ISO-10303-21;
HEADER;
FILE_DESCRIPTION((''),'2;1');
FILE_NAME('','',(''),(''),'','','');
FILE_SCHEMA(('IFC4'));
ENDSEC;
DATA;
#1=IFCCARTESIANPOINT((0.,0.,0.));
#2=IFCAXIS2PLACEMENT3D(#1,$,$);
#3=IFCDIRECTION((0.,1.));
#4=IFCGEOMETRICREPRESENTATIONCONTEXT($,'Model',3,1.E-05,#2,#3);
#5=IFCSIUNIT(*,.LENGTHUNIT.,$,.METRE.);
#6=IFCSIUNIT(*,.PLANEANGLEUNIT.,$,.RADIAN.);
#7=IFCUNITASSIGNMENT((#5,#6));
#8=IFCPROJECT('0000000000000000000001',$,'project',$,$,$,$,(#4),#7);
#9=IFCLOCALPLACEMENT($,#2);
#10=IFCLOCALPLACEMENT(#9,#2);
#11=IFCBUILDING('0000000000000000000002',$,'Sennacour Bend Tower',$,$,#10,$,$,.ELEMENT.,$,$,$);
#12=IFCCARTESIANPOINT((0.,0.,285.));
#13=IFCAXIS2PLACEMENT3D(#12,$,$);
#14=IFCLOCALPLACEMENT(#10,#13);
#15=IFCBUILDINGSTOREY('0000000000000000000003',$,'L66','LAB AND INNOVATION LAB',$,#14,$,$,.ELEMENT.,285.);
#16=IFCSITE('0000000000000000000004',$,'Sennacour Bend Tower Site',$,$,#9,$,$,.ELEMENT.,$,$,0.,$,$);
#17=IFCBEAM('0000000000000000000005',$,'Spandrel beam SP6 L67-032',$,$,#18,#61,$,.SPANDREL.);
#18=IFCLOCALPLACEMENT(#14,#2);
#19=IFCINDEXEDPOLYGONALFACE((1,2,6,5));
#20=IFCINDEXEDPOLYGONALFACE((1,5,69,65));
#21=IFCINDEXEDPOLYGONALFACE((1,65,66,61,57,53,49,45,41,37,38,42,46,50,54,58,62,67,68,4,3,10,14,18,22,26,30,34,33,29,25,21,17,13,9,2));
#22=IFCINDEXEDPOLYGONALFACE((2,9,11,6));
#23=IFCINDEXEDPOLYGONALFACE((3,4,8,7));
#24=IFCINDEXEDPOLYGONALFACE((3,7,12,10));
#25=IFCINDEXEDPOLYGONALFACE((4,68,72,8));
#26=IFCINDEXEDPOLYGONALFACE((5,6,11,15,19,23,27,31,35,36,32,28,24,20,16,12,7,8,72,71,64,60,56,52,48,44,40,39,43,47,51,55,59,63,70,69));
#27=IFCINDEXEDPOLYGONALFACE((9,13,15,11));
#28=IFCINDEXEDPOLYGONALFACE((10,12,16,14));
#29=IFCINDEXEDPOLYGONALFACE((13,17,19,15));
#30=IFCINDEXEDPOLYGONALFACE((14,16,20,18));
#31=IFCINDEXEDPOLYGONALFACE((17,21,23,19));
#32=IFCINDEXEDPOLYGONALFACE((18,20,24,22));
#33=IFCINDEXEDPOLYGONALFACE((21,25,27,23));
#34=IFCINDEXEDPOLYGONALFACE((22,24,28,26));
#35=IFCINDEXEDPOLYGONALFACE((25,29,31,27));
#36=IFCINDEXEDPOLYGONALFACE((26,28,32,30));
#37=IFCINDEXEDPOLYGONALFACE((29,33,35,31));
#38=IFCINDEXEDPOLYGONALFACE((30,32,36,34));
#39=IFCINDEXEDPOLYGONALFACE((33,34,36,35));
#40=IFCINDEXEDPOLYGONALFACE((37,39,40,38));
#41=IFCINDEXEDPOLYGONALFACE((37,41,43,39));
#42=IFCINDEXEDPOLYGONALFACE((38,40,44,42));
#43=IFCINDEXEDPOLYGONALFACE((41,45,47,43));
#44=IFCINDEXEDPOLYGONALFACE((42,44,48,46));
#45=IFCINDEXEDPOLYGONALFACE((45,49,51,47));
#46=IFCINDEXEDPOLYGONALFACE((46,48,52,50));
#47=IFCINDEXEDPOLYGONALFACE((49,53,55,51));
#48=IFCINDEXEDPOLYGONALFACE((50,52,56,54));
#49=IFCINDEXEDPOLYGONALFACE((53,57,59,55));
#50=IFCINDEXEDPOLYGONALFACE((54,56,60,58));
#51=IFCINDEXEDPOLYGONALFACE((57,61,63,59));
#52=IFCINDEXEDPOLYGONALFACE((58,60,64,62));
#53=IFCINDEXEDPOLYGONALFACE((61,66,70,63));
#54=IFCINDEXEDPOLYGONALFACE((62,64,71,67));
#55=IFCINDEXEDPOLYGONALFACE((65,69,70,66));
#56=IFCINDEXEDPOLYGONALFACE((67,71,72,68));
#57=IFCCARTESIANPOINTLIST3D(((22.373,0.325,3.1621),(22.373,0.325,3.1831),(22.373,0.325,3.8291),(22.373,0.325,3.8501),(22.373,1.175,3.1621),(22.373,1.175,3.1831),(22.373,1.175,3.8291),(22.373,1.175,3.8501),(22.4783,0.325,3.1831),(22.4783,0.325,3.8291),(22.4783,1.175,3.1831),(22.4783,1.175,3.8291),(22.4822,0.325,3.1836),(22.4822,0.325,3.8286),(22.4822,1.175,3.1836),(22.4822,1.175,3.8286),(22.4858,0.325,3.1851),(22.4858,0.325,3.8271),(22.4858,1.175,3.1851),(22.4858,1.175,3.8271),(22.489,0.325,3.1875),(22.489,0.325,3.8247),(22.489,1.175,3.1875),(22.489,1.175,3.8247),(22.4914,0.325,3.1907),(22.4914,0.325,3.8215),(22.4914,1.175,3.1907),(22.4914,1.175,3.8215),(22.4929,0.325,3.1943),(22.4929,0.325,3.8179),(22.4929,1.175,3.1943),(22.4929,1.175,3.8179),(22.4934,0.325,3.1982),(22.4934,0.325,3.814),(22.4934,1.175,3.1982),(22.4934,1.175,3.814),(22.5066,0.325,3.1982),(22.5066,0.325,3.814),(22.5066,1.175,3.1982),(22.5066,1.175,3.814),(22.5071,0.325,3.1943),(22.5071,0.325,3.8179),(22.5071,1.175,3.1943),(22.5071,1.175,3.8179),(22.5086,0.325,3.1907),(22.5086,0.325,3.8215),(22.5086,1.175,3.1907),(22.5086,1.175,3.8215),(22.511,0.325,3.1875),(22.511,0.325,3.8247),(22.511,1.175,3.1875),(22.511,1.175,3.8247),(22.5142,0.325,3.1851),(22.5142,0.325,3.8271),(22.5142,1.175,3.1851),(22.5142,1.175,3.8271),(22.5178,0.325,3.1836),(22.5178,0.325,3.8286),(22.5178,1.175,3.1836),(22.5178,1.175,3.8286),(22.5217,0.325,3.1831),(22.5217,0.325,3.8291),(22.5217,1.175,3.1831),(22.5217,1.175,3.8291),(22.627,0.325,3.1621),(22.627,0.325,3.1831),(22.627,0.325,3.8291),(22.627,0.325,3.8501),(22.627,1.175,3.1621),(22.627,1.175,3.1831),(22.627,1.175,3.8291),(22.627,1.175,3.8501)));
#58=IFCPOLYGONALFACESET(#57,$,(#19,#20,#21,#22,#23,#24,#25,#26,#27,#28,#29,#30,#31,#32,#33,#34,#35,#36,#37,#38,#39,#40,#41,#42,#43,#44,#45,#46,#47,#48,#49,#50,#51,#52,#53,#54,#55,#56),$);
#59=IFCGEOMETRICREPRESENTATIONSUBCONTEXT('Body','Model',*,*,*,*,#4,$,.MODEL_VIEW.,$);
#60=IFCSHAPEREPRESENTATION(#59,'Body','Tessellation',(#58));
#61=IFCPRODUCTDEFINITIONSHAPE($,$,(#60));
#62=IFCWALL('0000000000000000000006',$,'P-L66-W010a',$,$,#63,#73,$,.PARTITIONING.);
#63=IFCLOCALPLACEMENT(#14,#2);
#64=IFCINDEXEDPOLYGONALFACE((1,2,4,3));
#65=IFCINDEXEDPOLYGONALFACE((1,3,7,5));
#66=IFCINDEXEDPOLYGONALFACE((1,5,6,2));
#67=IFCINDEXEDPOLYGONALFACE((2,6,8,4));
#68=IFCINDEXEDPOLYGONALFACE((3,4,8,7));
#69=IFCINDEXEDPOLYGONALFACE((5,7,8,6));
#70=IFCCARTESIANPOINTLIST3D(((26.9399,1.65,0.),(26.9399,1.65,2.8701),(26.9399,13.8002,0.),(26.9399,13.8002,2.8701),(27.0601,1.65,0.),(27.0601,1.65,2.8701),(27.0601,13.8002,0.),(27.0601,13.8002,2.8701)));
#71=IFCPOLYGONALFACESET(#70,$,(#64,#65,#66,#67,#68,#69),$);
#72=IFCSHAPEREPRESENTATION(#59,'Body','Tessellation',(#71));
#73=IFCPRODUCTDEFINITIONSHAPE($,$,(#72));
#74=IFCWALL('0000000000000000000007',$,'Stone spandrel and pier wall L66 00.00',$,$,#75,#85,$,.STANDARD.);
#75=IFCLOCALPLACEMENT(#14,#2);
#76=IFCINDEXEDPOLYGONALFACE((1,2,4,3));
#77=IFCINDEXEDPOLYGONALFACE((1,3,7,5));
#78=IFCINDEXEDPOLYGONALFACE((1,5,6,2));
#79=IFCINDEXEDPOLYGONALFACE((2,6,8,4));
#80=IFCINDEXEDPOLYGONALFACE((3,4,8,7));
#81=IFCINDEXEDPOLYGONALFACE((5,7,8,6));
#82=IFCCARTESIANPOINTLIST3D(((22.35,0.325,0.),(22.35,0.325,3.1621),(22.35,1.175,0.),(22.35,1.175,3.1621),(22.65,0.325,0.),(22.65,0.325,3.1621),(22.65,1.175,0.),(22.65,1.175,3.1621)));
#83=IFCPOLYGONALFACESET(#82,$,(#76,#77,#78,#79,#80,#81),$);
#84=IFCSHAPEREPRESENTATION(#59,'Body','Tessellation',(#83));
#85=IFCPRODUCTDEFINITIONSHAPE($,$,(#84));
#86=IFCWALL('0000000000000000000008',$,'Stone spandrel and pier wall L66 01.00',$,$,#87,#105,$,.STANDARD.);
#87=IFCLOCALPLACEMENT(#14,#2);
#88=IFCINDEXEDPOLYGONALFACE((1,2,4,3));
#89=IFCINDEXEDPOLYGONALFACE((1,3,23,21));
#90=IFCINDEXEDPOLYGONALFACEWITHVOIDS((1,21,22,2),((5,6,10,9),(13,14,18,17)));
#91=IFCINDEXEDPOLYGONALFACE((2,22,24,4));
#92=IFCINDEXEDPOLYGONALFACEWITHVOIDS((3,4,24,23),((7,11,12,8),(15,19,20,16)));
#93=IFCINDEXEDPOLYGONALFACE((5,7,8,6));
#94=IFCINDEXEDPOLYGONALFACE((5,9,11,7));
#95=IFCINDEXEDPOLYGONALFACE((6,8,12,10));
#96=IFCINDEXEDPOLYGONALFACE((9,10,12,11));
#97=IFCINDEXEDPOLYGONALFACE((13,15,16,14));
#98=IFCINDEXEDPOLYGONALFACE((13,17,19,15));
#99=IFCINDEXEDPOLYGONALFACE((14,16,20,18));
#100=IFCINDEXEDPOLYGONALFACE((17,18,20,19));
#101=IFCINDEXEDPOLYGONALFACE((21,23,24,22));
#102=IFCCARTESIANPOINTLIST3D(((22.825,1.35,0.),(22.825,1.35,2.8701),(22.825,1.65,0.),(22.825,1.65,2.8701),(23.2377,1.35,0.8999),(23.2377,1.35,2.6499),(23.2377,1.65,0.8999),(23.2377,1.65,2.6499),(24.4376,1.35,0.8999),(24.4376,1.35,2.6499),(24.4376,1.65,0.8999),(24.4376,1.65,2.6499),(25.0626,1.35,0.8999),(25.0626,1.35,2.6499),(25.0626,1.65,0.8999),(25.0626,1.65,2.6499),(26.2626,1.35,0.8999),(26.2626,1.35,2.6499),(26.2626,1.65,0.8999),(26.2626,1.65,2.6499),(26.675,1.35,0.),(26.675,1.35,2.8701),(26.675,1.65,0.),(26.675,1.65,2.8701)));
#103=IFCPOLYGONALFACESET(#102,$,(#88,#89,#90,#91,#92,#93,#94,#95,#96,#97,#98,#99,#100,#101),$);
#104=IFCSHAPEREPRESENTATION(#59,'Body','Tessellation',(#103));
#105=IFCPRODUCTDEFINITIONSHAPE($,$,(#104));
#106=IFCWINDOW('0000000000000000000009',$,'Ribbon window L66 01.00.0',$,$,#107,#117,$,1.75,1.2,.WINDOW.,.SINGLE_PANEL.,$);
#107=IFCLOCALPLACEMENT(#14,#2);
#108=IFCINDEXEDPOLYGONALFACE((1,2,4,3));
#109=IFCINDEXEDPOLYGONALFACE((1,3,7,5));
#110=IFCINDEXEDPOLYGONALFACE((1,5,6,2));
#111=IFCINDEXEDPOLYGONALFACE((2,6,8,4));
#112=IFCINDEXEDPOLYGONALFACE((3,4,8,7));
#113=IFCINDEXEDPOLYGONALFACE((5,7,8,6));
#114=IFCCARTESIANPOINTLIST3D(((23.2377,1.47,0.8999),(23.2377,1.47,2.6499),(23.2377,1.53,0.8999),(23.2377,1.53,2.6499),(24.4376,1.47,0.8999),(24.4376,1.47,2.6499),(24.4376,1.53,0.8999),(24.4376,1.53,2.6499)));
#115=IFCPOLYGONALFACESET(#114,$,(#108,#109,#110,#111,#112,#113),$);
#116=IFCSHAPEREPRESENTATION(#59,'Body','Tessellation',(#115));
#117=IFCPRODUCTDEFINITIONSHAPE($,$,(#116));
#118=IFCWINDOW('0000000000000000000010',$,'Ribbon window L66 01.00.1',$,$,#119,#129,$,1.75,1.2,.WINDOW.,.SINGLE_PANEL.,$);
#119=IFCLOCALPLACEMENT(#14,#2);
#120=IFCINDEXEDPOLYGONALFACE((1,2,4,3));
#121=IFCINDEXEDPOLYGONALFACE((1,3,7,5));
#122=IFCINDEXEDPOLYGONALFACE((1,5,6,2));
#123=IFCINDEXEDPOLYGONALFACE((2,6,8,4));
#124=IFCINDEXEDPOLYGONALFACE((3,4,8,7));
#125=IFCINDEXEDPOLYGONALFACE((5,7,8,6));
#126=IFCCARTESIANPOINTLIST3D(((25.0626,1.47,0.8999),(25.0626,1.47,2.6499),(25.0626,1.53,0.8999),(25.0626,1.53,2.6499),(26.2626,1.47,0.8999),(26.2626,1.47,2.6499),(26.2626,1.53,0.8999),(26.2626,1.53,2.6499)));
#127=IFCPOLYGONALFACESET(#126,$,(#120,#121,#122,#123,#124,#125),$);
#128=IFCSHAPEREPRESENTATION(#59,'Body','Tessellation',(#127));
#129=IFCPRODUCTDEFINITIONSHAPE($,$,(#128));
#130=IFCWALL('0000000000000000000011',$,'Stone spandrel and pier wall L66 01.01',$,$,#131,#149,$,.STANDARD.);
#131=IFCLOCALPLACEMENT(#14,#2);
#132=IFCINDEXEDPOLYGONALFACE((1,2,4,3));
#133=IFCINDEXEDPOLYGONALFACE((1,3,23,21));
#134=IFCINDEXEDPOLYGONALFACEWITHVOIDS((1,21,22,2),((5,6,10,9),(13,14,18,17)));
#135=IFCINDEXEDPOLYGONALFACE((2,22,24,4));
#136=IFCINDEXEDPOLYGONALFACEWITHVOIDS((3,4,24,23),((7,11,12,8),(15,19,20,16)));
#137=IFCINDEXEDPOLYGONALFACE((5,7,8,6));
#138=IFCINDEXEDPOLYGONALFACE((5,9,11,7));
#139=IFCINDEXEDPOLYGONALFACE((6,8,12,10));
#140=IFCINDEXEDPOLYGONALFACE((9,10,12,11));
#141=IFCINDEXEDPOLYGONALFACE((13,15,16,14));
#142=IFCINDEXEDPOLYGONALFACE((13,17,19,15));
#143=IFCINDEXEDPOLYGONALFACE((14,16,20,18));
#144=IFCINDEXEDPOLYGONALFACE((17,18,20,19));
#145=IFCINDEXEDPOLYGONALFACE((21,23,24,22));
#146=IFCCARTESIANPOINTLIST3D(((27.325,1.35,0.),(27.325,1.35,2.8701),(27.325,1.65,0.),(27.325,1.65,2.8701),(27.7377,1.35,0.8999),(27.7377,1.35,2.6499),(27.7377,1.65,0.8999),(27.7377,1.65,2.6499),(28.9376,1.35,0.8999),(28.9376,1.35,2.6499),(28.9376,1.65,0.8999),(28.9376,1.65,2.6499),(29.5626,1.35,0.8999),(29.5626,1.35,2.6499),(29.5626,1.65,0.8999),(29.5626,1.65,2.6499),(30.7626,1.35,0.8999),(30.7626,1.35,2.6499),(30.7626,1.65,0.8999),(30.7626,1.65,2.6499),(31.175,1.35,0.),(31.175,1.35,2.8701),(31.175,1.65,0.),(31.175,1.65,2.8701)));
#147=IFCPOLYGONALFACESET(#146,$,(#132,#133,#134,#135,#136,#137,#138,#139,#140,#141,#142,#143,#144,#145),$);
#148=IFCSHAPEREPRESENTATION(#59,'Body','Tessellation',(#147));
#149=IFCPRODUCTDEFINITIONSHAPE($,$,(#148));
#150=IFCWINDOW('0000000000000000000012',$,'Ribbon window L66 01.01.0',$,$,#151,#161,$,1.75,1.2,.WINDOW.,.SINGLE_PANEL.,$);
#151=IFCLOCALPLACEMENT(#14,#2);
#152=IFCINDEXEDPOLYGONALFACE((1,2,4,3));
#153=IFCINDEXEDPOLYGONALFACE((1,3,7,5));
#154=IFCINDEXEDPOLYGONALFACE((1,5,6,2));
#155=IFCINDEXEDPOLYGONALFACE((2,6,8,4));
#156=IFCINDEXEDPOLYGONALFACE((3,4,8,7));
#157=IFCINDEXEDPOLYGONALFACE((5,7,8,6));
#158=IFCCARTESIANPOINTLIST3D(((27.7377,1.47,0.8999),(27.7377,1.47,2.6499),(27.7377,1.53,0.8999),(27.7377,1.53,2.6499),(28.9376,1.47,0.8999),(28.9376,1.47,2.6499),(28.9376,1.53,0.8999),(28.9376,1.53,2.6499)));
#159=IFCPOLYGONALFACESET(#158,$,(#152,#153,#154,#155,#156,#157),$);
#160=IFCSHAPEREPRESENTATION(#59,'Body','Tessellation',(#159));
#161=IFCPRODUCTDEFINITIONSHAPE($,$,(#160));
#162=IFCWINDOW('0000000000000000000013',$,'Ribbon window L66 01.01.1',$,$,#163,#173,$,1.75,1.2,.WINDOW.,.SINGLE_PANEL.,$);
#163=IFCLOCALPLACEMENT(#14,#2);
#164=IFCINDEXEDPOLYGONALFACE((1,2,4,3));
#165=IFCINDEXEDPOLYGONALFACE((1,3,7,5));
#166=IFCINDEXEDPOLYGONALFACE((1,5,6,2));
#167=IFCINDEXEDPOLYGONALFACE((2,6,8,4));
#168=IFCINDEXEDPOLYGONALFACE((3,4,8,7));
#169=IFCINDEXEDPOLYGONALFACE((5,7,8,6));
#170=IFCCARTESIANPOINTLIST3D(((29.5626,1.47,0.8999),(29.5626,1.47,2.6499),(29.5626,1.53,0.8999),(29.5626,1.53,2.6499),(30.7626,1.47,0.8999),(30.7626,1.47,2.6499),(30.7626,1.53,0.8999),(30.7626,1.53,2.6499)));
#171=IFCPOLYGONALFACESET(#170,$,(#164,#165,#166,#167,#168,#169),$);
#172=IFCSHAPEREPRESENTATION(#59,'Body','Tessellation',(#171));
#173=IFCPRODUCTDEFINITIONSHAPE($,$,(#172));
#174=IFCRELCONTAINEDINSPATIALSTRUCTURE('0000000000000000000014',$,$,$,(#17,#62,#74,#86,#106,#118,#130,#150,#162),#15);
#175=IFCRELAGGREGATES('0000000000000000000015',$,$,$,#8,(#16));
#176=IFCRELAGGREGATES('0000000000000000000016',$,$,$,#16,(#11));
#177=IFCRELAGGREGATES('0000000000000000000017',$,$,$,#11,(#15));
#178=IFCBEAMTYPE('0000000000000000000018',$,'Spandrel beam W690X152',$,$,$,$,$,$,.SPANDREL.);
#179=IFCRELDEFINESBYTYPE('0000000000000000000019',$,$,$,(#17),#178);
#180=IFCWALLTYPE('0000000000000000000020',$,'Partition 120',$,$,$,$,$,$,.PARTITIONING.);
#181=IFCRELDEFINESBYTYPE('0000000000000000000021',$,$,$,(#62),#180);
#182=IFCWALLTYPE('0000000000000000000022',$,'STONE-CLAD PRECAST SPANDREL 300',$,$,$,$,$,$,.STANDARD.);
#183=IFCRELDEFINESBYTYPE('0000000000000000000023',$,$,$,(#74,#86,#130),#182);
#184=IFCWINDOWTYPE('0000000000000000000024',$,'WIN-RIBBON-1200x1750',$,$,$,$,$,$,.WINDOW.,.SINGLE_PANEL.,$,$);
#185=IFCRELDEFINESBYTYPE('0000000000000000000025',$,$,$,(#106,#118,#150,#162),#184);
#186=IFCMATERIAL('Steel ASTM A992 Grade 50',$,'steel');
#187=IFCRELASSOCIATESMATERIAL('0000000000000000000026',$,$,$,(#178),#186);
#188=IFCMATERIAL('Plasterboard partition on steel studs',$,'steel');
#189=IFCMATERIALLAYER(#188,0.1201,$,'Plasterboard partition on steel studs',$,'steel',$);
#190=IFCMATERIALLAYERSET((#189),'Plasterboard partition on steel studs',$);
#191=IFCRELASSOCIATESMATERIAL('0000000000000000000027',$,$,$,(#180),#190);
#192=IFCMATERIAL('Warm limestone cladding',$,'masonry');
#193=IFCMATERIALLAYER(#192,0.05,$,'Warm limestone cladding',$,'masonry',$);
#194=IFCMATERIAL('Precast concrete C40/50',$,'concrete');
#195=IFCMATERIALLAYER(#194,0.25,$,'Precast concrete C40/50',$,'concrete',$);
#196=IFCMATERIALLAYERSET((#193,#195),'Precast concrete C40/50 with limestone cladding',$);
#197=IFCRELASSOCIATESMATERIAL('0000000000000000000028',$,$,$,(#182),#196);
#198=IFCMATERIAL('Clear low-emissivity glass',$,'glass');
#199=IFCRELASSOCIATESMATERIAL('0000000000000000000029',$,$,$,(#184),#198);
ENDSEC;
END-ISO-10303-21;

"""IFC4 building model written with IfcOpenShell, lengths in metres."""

from ifc_helpers import new_model, si_unit, direction, frame, frame_2d, origin, origin_2d, place, context, subcontext, project, spatial, rectangle, i_section, extrude, material, layer, layer_set, material_profile, profile_set, type_object, element, fill, save


model = new_model("IFC4")

# Units and contexts
model_context = context("Model", 3, precision=1e-05, world=origin(), true_north=direction((0.0, 1.0)))
body_context = subcontext(model_context, "Body", "Model", "MODEL_VIEW")
ifc_project = project(units=[si_unit("LENGTHUNIT", "METRE"), si_unit("PLANEANGLEUNIT", "RADIAN")], contexts=[model_context])

# Site, building, storey
site_placement = place(None, origin())
site = spatial("IfcSite", under=ifc_project, at=site_placement, Name="Sennacour Bend Tower Site", CompositionType="ELEMENT", RefElevation=0.0)
building_placement = place(site_placement, origin())
building = spatial("IfcBuilding", under=site, at=building_placement, Name="Sennacour Bend Tower", CompositionType="ELEMENT")
storey_placement = place(building_placement, frame((0.0, 0.0, 285.0)))
storey = spatial("IfcBuildingStorey", under=building, at=storey_placement, Name="L66", Description="LAB AND INNOVATION LAB", CompositionType="ELEMENT", Elevation=285.0)

# Beam
ifc_material_1 = material(Name="Steel ASTM A992 Grade 50", Category="steel")
ifc_material_profile_1 = material_profile(ifc_material_1, i_section(OverallWidth=0.2539, OverallDepth=0.688, WebThickness=0.0132, FlangeThickness=0.021, FilletRadius=0.0151, at=origin_2d()), Name="Steel ASTM A992 Grade 50", Category="steel")
ifc_profile_set_1 = profile_set([ifc_material_profile_1], Name="Steel ASTM A992 Grade 50")
beam_type_1 = type_object("IfcBeamType", Name="Spandrel beam W690X152", PredefinedType="SPANDREL", material=ifc_profile_set_1)
beam_1_placement = place(storey_placement, frame((22.5, 1.175, 3.5061), z_axis=(0.0, -1.0, 0.0), x_axis=(1.0, 0.0, 0.0)))
element("IfcBeam", 1, at=beam_1_placement, inside=storey, type_object=beam_type_1, Name="Spandrel beam SP6 L67-032", PredefinedType="SPANDREL", context=body_context, shape_type="SweptSolid", body=[
    extrude(i_section(OverallWidth=0.2539, OverallDepth=0.688, WebThickness=0.0132, FlangeThickness=0.021, FilletRadius=0.0151, at=origin_2d()), origin(), (0.0, 0.0, 1.0), 0.8501),
])

# Walls
ifc_material_2 = material(Name="Plasterboard partition on steel studs", Category="steel")
ifc_layer_1 = layer(ifc_material_2, 0.1201, Name="Plasterboard partition on steel studs", Category="steel")
ifc_layer_set_1 = layer_set([ifc_layer_1], Name="Plasterboard partition on steel studs")
wall_type_1 = type_object("IfcWallType", Name="Partition 120", PredefinedType="PARTITIONING", material=ifc_layer_set_1)
wall_1_placement = place(storey_placement, frame((27.0, 1.6499, 0.0), z_axis=(0.0, 0.0, 1.0), x_axis=(0.0, 1.0, 0.0)))
element("IfcWall", 2, at=wall_1_placement, inside=storey, type_object=wall_type_1, Name="P-L66-W010a", PredefinedType="PARTITIONING", context=body_context, shape_type="SweptSolid", body=[
    extrude(rectangle(XDim=12.1501, YDim=0.1201, at=frame_2d((6.0752, 0.0))), origin(), (0.0, 0.0, 1.0), 2.8701),
])
ifc_material_3 = material(Name="Warm limestone cladding", Category="masonry")
ifc_layer_2 = layer(ifc_material_3, 0.05, Name="Warm limestone cladding", Category="masonry")
ifc_material_4 = material(Name="Precast concrete C40/50", Category="concrete")
ifc_layer_3 = layer(ifc_material_4, 0.25, Name="Precast concrete C40/50", Category="concrete")
ifc_layer_set_2 = layer_set([ifc_layer_2, ifc_layer_3], Name="Precast concrete C40/50 with limestone cladding")
wall_type_2 = type_object("IfcWallType", Name="STONE-CLAD PRECAST SPANDREL 300", PredefinedType="STANDARD", material=ifc_layer_set_2)
wall_2_placement = place(storey_placement, frame((22.5, 0.325, 0.0), z_axis=(0.0, 0.0, 1.0), x_axis=(0.0, 1.0, 0.0)))
element("IfcWall", 3, at=wall_2_placement, inside=storey, type_object=wall_type_2, Name="Stone spandrel and pier wall L66 00.00", PredefinedType="STANDARD", context=body_context, shape_type="SweptSolid", body=[
    extrude(rectangle(XDim=0.8501, YDim=0.3, at=frame_2d((0.425, 0.0))), origin(), (0.0, 0.0, 1.0), 3.1621),
])

# Walls, openings, windows
wall_3_placement = place(storey_placement, frame((22.825, 1.5, 0.0), z_axis=(0.0, 0.0, 1.0), x_axis=(1.0, 0.0, 0.0)))
wall_3 = element("IfcWall", 4, at=wall_3_placement, inside=storey, type_object=wall_type_2, Name="Stone spandrel and pier wall L66 01.00", PredefinedType="STANDARD", context=body_context, shape_type="SweptSolid", body=[
    extrude(rectangle(XDim=3.8501, YDim=0.3, at=frame_2d((1.925, 0.0))), origin(), (0.0, 0.0, 1.0), 2.8701),
])
opening_1_placement = place(wall_3_placement, frame((0.4126, 0.0, 0.8999)))
opening_1 = element("IfcOpeningElement", 5, at=opening_1_placement, cuts=wall_3, PredefinedType="OPENING", context=body_context, shape_type="SweptSolid", body=[
    extrude(rectangle(XDim=1.2, YDim=1.75, at=frame_2d((0.6001, 0.875))), frame((0.0, 0.1602, 0.0), z_axis=(0.0, -1.0, 0.0), x_axis=(1.0, 0.0, 0.0)), (0.0, 0.0, 1.0), 0.3201),
])
opening_2_placement = place(wall_3_placement, frame((2.2375, 0.0, 0.8999)))
opening_2 = element("IfcOpeningElement", 6, at=opening_2_placement, cuts=wall_3, PredefinedType="OPENING", context=body_context, shape_type="SweptSolid", body=[
    extrude(rectangle(XDim=1.2, YDim=1.75, at=frame_2d((0.6001, 0.875))), frame((0.0, 0.1602, 0.0), z_axis=(0.0, -1.0, 0.0), x_axis=(1.0, 0.0, 0.0)), (0.0, 0.0, 1.0), 0.3201),
])
ifc_material_5 = material(Name="Clear low-emissivity glass", Category="glass")
window_type = type_object("IfcWindowType", Name="WIN-RIBBON-1200x1750", PartitioningType="SINGLE_PANEL", PredefinedType="WINDOW", material=ifc_material_5)
window_1_placement = place(opening_1_placement, origin())
window_1 = element("IfcWindow", 7, at=window_1_placement, inside=storey, type_object=window_type, Name="Ribbon window L66 01.00.0", OverallHeight=1.75, OverallWidth=1.2, PartitioningType="SINGLE_PANEL", PredefinedType="WINDOW", context=body_context, shape_type="SweptSolid", body=[
    extrude(rectangle(XDim=1.2, YDim=1.75, at=frame_2d((0.6001, 0.875))), frame((0.0, 0.03, 0.0), z_axis=(0.0, -1.0, 0.0), x_axis=(1.0, 0.0, 0.0)), (0.0, 0.0, 1.0), 0.0601),
])
fill(opening_1, window_1)
window_2_placement = place(opening_2_placement, origin())
window_2 = element("IfcWindow", 8, at=window_2_placement, inside=storey, type_object=window_type, Name="Ribbon window L66 01.00.1", OverallHeight=1.75, OverallWidth=1.2, PartitioningType="SINGLE_PANEL", PredefinedType="WINDOW", context=body_context, shape_type="SweptSolid", body=[
    extrude(rectangle(XDim=1.2, YDim=1.75, at=frame_2d((0.6001, 0.875))), frame((0.0, 0.03, 0.0), z_axis=(0.0, -1.0, 0.0), x_axis=(1.0, 0.0, 0.0)), (0.0, 0.0, 1.0), 0.0601),
])
fill(opening_2, window_2)
wall_4_placement = place(storey_placement, frame((27.325, 1.5, 0.0), z_axis=(0.0, 0.0, 1.0), x_axis=(1.0, 0.0, 0.0)))
wall_4 = element("IfcWall", 9, at=wall_4_placement, inside=storey, type_object=wall_type_2, Name="Stone spandrel and pier wall L66 01.01", PredefinedType="STANDARD", context=body_context, shape_type="SweptSolid", body=[
    extrude(rectangle(XDim=3.8501, YDim=0.3, at=frame_2d((1.925, 0.0))), origin(), (0.0, 0.0, 1.0), 2.8701),
])
opening_3_placement = place(wall_4_placement, frame((0.4126, 0.0, 0.8999)))
opening_3 = element("IfcOpeningElement", 10, at=opening_3_placement, cuts=wall_4, PredefinedType="OPENING", context=body_context, shape_type="SweptSolid", body=[
    extrude(rectangle(XDim=1.2, YDim=1.75, at=frame_2d((0.6001, 0.875))), frame((0.0, 0.1602, 0.0), z_axis=(0.0, -1.0, 0.0), x_axis=(1.0, 0.0, 0.0)), (0.0, 0.0, 1.0), 0.3201),
])
opening_4_placement = place(wall_4_placement, frame((2.2375, 0.0, 0.8999)))
opening_4 = element("IfcOpeningElement", 11, at=opening_4_placement, cuts=wall_4, PredefinedType="OPENING", context=body_context, shape_type="SweptSolid", body=[
    extrude(rectangle(XDim=1.2, YDim=1.75, at=frame_2d((0.6001, 0.875))), frame((0.0, 0.1602, 0.0), z_axis=(0.0, -1.0, 0.0), x_axis=(1.0, 0.0, 0.0)), (0.0, 0.0, 1.0), 0.3201),
])
window_3_placement = place(opening_3_placement, origin())
window_3 = element("IfcWindow", 12, at=window_3_placement, inside=storey, type_object=window_type, Name="Ribbon window L66 01.01.0", OverallHeight=1.75, OverallWidth=1.2, PartitioningType="SINGLE_PANEL", PredefinedType="WINDOW", context=body_context, shape_type="SweptSolid", body=[
    extrude(rectangle(XDim=1.2, YDim=1.75, at=frame_2d((0.6001, 0.875))), frame((0.0, 0.03, 0.0), z_axis=(0.0, -1.0, 0.0), x_axis=(1.0, 0.0, 0.0)), (0.0, 0.0, 1.0), 0.0601),
])
fill(opening_3, window_3)
window_4_placement = place(opening_4_placement, origin())
window_4 = element("IfcWindow", 13, at=window_4_placement, inside=storey, type_object=window_type, Name="Ribbon window L66 01.01.1", OverallHeight=1.75, OverallWidth=1.2, PartitioningType="SINGLE_PANEL", PredefinedType="WINDOW", context=body_context, shape_type="SweptSolid", body=[
    extrude(rectangle(XDim=1.2, YDim=1.75, at=frame_2d((0.6001, 0.875))), frame((0.0, 0.03, 0.0), z_axis=(0.0, -1.0, 0.0), x_axis=(1.0, 0.0, 0.0)), (0.0, 0.0, 1.0), 0.0601),
])
fill(opening_4, window_4)

save(model, "model.ifc")
